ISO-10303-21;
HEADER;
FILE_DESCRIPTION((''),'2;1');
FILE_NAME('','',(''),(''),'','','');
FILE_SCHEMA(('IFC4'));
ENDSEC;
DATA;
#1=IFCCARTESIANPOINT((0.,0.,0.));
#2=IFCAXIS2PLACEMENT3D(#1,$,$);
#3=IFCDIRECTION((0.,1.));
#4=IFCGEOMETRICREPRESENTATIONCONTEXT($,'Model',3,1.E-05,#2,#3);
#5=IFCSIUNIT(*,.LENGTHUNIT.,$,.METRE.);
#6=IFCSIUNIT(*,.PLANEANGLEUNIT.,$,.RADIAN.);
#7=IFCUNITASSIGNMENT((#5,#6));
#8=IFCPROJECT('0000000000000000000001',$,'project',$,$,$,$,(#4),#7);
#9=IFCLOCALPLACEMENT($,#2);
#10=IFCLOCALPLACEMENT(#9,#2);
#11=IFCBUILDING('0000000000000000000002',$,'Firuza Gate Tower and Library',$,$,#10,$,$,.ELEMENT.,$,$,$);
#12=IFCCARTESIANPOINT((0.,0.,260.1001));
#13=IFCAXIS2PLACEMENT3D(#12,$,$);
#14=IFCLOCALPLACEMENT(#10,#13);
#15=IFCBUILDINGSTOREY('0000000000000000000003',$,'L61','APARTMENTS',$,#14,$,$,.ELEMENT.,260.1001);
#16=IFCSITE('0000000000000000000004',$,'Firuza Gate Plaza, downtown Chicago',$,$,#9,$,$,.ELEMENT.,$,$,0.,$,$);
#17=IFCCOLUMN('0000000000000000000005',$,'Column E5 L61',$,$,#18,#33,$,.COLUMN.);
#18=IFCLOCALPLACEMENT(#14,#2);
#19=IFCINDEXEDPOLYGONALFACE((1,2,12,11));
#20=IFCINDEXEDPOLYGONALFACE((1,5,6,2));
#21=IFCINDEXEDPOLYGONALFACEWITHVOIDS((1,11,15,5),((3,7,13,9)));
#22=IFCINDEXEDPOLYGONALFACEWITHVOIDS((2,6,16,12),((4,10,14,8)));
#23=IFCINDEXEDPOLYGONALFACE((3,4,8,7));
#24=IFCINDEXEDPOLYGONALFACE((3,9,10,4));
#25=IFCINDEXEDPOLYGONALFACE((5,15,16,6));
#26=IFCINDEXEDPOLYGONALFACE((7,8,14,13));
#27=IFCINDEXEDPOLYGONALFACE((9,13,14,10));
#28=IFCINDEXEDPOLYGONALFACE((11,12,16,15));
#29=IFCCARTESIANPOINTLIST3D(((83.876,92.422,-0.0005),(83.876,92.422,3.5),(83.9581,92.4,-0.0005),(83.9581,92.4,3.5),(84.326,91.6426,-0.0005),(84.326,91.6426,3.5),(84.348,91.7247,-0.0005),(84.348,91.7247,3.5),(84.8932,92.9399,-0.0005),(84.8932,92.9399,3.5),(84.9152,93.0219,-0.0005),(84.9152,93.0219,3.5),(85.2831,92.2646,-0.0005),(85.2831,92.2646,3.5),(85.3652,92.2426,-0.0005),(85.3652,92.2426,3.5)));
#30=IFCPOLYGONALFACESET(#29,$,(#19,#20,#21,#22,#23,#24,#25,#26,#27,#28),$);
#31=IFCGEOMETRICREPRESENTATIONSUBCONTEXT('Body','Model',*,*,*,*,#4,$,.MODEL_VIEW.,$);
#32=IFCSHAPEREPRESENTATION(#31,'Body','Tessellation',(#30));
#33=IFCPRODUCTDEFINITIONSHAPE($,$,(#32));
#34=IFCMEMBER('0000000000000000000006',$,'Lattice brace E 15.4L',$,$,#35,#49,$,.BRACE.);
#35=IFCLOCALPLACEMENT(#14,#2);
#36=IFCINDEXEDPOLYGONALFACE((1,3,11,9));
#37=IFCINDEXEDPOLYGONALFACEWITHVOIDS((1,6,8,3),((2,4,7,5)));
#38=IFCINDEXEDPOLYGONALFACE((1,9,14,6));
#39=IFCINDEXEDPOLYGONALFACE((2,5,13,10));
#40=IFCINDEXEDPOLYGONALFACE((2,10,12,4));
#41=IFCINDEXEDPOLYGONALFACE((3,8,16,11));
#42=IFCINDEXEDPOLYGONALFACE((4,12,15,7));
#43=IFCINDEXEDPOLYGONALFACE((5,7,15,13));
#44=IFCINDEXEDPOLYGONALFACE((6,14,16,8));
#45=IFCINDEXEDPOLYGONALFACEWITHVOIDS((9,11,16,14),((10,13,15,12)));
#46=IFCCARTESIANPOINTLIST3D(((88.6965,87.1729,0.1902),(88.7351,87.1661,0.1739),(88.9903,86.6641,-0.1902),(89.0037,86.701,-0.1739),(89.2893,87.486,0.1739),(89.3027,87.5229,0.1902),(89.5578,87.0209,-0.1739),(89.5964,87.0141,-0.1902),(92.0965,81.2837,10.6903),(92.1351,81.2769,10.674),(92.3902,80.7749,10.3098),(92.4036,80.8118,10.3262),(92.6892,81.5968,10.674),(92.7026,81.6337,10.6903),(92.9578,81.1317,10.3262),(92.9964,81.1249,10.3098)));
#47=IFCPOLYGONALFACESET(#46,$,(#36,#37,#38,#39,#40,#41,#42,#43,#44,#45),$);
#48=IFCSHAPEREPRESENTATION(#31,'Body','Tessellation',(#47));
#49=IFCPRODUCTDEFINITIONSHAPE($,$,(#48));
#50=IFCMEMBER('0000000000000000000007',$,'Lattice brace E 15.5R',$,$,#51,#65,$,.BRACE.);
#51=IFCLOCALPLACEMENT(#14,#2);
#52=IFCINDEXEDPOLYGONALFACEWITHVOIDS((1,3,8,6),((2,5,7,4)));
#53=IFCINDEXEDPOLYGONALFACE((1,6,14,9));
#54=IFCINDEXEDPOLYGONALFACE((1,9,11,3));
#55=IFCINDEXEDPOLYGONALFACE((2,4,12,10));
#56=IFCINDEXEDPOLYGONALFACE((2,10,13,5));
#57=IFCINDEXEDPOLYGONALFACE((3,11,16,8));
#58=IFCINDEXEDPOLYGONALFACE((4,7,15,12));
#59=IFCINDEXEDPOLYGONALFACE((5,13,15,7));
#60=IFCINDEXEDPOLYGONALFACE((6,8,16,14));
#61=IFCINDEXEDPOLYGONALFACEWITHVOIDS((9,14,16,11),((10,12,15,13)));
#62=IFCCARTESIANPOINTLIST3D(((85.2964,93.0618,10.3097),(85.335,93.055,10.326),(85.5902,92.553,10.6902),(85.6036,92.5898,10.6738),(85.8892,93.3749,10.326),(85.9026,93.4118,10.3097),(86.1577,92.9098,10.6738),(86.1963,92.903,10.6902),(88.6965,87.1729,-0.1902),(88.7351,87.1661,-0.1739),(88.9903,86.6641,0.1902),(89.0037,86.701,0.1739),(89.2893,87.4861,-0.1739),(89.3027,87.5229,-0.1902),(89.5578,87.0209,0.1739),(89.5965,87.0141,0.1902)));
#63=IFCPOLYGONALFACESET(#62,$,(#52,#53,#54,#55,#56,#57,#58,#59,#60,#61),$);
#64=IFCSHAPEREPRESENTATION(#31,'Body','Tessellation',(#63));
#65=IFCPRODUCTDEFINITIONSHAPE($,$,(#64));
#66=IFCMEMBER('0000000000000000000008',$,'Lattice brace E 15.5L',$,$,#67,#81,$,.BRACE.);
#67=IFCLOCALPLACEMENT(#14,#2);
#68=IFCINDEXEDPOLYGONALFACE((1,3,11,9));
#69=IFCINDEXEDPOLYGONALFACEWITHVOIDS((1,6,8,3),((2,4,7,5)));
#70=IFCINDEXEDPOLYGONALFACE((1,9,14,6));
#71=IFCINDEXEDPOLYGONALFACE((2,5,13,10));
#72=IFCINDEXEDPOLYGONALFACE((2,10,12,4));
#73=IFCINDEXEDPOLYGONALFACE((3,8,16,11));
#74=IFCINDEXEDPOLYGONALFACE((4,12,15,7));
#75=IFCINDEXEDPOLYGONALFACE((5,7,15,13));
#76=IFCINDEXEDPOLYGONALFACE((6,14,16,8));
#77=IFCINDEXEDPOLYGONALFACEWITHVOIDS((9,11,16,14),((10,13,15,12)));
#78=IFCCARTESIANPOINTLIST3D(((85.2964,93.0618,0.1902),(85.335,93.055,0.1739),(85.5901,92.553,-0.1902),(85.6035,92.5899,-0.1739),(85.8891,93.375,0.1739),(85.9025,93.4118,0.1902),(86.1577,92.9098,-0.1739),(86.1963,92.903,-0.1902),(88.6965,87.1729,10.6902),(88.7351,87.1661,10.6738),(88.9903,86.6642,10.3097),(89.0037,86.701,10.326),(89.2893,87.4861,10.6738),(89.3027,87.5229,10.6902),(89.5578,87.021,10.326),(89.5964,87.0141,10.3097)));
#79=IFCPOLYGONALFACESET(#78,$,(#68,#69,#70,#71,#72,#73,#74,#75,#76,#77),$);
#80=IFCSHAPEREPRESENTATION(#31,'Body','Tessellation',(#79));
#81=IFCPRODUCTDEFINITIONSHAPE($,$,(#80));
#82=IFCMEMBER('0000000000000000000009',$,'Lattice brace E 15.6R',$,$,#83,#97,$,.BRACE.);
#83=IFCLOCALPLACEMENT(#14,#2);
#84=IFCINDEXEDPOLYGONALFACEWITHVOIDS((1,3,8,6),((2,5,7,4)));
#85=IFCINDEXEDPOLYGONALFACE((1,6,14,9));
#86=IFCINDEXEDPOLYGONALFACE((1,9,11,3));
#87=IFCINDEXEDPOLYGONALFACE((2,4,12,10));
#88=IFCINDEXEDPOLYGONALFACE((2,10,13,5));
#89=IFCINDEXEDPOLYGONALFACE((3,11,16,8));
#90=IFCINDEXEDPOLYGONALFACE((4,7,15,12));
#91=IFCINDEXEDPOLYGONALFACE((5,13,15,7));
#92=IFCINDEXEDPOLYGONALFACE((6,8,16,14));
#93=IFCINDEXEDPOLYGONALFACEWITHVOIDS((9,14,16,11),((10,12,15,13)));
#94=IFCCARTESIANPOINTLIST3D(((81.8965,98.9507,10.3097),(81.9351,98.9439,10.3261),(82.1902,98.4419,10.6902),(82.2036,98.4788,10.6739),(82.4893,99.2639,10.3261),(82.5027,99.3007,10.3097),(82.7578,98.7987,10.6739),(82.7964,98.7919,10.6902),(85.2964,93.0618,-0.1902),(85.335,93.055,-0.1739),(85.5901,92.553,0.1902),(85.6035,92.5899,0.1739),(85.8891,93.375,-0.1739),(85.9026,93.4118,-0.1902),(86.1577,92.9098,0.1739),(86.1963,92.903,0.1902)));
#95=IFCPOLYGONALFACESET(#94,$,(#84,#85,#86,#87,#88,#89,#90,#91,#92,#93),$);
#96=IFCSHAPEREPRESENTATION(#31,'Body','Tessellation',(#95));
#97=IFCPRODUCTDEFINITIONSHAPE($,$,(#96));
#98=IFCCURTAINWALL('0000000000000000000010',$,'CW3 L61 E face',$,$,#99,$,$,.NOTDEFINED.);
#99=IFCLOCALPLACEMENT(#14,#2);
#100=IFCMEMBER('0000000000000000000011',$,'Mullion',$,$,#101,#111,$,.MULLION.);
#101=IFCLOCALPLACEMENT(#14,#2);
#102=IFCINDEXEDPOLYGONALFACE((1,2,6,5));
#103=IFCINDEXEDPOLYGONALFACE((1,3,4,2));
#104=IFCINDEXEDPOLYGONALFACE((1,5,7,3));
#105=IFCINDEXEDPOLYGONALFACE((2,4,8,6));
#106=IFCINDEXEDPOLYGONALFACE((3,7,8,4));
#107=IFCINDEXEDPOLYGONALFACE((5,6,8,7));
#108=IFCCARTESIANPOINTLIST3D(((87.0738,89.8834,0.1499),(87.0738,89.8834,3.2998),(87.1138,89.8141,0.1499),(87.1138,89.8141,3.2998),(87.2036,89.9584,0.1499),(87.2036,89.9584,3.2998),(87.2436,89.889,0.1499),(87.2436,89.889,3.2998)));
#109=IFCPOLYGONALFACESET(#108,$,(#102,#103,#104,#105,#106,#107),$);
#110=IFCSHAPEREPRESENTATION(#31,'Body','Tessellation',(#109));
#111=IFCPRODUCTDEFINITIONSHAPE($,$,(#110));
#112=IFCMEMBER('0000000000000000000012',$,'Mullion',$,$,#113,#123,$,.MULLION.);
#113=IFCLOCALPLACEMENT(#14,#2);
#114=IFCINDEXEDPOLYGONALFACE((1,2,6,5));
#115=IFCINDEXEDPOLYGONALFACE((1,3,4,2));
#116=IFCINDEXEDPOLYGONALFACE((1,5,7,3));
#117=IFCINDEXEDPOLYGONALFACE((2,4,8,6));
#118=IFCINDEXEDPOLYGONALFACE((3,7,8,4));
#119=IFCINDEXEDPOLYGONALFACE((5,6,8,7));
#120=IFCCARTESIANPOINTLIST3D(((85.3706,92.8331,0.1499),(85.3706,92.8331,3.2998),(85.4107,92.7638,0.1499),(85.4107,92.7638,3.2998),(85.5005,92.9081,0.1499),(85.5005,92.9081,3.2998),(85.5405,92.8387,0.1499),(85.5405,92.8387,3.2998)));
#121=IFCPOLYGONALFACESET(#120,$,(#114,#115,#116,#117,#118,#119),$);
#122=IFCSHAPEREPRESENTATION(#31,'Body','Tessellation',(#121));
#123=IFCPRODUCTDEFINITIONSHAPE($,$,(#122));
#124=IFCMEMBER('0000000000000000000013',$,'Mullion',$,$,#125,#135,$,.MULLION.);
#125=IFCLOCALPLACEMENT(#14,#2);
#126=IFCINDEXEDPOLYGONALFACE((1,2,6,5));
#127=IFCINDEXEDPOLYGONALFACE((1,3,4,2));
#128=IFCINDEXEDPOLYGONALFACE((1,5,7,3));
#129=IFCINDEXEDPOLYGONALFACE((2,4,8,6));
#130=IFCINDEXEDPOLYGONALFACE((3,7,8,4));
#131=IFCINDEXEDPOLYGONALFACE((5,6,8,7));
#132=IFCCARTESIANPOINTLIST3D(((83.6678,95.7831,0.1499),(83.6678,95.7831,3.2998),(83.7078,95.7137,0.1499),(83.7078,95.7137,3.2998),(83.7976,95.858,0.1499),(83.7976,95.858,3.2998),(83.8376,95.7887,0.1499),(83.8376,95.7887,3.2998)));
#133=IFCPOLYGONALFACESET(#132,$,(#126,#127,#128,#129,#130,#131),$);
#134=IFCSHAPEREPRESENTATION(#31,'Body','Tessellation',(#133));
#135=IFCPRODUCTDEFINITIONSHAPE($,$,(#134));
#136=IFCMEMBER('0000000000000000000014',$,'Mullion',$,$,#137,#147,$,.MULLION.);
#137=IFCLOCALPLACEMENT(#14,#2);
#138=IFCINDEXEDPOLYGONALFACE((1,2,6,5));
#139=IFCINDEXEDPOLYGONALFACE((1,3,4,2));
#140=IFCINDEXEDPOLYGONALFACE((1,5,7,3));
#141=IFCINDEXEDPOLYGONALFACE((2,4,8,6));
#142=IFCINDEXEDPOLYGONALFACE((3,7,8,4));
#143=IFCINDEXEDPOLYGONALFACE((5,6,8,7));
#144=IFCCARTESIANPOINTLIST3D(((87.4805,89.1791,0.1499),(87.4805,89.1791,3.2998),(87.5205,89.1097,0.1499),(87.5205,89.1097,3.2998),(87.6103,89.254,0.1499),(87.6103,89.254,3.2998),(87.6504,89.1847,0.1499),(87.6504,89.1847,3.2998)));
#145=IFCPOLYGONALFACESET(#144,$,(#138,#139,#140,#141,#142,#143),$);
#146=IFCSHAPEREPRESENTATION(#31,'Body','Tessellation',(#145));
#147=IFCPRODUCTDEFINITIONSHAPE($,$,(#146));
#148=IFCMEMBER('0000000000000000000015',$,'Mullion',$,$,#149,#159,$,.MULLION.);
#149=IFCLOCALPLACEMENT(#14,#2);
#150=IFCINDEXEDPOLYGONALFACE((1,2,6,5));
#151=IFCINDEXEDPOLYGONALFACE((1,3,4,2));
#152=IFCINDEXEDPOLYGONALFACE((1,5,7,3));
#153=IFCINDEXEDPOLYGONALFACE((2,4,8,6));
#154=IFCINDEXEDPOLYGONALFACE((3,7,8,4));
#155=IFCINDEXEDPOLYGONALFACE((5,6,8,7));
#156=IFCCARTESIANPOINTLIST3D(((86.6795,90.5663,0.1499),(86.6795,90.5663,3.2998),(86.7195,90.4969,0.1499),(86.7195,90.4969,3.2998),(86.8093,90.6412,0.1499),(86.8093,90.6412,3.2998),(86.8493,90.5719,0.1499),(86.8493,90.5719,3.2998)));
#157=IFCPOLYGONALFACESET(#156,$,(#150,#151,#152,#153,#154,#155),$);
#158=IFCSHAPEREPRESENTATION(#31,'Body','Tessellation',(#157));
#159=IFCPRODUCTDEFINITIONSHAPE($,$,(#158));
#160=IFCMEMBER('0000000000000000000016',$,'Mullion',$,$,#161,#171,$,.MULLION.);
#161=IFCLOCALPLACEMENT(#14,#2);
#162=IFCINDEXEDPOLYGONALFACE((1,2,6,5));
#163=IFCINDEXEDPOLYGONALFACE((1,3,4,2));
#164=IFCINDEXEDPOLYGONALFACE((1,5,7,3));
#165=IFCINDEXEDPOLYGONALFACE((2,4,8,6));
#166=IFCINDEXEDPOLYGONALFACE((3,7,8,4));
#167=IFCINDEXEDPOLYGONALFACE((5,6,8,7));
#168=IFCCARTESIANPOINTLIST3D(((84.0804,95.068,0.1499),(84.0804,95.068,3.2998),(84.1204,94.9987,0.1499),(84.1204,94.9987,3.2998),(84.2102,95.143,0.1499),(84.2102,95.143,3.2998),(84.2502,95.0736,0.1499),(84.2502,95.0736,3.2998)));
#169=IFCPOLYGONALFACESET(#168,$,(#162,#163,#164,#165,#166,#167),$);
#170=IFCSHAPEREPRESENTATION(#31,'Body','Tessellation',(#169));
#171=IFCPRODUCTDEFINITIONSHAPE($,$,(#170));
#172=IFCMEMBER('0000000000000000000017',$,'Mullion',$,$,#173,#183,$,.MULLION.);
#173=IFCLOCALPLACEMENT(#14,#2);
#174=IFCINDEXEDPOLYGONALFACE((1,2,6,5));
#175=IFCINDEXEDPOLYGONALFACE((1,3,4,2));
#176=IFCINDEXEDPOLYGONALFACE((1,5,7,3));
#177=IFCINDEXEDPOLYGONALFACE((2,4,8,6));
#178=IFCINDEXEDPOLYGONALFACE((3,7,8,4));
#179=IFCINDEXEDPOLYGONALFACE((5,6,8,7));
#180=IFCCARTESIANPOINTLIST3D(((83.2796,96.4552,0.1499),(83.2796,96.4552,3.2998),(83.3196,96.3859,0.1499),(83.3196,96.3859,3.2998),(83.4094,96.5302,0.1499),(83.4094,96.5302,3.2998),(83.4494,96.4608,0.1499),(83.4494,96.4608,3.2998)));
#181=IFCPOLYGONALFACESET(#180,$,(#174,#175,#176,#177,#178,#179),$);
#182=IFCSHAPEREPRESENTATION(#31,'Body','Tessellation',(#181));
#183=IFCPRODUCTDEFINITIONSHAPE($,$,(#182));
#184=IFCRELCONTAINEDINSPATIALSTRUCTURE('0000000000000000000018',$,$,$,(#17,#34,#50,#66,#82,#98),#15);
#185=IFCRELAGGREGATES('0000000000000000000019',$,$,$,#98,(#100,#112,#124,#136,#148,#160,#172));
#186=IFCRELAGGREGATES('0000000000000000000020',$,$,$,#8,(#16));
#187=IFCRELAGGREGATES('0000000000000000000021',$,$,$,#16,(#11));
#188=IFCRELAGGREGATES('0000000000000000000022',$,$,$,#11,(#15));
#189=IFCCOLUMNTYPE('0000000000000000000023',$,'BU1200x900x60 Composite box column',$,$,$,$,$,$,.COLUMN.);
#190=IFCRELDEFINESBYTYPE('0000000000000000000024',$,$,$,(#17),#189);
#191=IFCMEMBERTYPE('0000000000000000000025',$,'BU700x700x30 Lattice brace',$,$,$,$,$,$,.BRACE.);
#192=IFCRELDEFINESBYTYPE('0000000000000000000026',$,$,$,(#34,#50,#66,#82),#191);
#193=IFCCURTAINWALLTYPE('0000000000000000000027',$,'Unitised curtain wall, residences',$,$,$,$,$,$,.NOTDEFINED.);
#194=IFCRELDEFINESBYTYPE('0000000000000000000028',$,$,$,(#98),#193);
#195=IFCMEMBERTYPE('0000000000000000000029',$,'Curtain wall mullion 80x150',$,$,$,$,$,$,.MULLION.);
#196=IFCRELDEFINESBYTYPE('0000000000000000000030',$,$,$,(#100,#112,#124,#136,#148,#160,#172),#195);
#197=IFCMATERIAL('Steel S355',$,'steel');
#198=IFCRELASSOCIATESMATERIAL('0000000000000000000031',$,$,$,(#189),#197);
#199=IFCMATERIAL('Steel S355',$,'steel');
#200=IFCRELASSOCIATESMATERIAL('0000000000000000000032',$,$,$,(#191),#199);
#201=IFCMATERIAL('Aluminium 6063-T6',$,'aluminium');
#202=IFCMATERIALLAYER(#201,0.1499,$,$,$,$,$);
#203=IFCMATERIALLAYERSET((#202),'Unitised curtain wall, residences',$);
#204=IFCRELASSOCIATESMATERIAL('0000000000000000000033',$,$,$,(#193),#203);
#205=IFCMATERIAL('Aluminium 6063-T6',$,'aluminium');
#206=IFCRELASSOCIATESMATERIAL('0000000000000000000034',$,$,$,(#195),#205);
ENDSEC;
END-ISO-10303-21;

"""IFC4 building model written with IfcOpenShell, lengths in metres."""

from ifc_helpers import new_model, si_unit, direction, frame, origin, origin_2d, place, context, subcontext, project, spatial, rectangle, hollow_rectangle, extrude, material, layer, layer_set, material_profile, profile_set, type_object, element, aggregate, save


model = new_model("IFC4")

# Units and contexts
model_context = context("Model", 3, precision=1e-05, world=origin(), true_north=direction((0.0, 1.0)))
body_context = subcontext(model_context, "Body", "Model", "MODEL_VIEW")
ifc_project = project(units=[si_unit("LENGTHUNIT", "METRE"), si_unit("PLANEANGLEUNIT", "RADIAN")], contexts=[model_context])

# Site, building, storey
site_placement = place(None, origin())
site = spatial("IfcSite", under=ifc_project, at=site_placement, Name="Firuza Gate Plaza, downtown Chicago", CompositionType="ELEMENT", RefElevation=0.0)
building_placement = place(site_placement, origin())
building = spatial("IfcBuilding", under=site, at=building_placement, Name="Firuza Gate Tower and Library", CompositionType="ELEMENT")
storey_placement = place(building_placement, frame((0.0, 0.0, 260.1001)))
storey = spatial("IfcBuildingStorey", under=building, at=storey_placement, Name="L61", Description="APARTMENTS", CompositionType="ELEMENT", Elevation=260.1001)

# Column
ifc_material_1 = material(Name="Steel S355", Category="steel")
ifc_material_profile_1 = material_profile(ifc_material_1, hollow_rectangle(XDim=0.8999, YDim=1.2, WallThickness=0.0601, at=origin_2d()))
ifc_profile_set_1 = profile_set([ifc_material_profile_1], Name="Steel S355")
column_type = type_object("IfcColumnType", Name="BU1200x900x60 Composite box column", PredefinedType="COLUMN", material=ifc_profile_set_1)
column_placement = place(storey_placement, frame((84.6206, 92.3323, -0.0005), z_axis=(0.0, 0.0, 1.0), x_axis=(-0.5, 0.866025, 0.0)))
element("IfcColumn", 1, at=column_placement, inside=storey, type_object=column_type, Name="Column E5 L61", PredefinedType="COLUMN", context=body_context, shape_type="SweptSolid", body=[
    extrude(hollow_rectangle(XDim=0.8999, YDim=1.2, WallThickness=0.0601, at=origin_2d()), origin(), (0.0, 0.0, 1.0), 3.5005),
])

# Members
ifc_material_2 = material(Name="Steel S355", Category="steel")
ifc_material_profile_2 = material_profile(ifc_material_2, hollow_rectangle(XDim=0.7, YDim=0.7, WallThickness=0.03, at=origin_2d()))
ifc_profile_set_2 = profile_set([ifc_material_profile_2], Name="Steel S355")
member_type_1 = type_object("IfcMemberType", Name="BU700x700x30 Lattice brace", PredefinedType="BRACE", material=ifc_profile_set_2)
member_1_placement = place(storey_placement, frame((89.1465, 87.0935, 0.0), z_axis=(0.271782, -0.470769, 0.839351), x_axis=(0.866039, 0.499977, 0.0)))
element("IfcMember", 2, at=member_1_placement, inside=storey, type_object=member_type_1, Name="Lattice brace E 15.4L", PredefinedType="BRACE", context=body_context, shape_type="SweptSolid", body=[
    extrude(hollow_rectangle(XDim=0.7, YDim=0.7, WallThickness=0.03, at=origin_2d()), origin(), (0.0, 0.0, 1.0), 12.5098),
])
for number, where, z_axis, x_axis, name in (
    (3, (89.1465, 87.0935, 0.0), (-0.271803, 0.470751, 0.839355), (-0.866014, -0.50002, 0.0), "Lattice brace E 15.5R"),
    (4, (85.7463, 92.9824, 0.0), (0.271803, -0.470751, 0.839355), (0.866014, 0.50002, 0.0), "Lattice brace E 15.5L"),
    (5, (85.7463, 92.9824, 0.0), (-0.271785, 0.470754, 0.839359), (-0.86603, -0.499993, 0.0), "Lattice brace E 15.6R"),
):
    element("IfcMember", number, at=place(storey_placement, frame(where, z_axis=z_axis, x_axis=x_axis)), inside=storey, type_object=member_type_1, Name=name, PredefinedType="BRACE", context=body_context, shape_type="SweptSolid", body=[
        extrude(hollow_rectangle(XDim=0.7, YDim=0.7, WallThickness=0.03, at=origin_2d()), origin(), (0.0, 0.0, 1.0), 12.5095),
    ])

# Curtain wall, members
ifc_material_3 = material(Name="Aluminium 6063-T6", Category="aluminium")
ifc_layer_1 = layer(ifc_material_3, 0.1499)
ifc_layer_set_1 = layer_set([ifc_layer_1], Name="Unitised curtain wall, residences")
curtain_wall_type = type_object("IfcCurtainWallType", Name="Unitised curtain wall, residences", PredefinedType="NOTDEFINED", material=ifc_layer_set_1)
placement = place(storey_placement, origin())
curtain_wall = element("IfcCurtainWall", 6, at=placement, inside=storey, type_object=curtain_wall_type, Name="CW3 L61 E face", PredefinedType="NOTDEFINED")
ifc_material_4 = material(Name="Aluminium 6063-T6", Category="aluminium")
ifc_material_profile_3 = material_profile(ifc_material_4, rectangle(XDim=0.1499, YDim=0.0801, at=origin_2d()))
ifc_profile_set_3 = profile_set([ifc_material_profile_3], Name="Aluminium 6063-T6")
member_type_2 = type_object("IfcMemberType", Name="Curtain wall mullion 80x150", PredefinedType="MULLION", material=ifc_profile_set_3)
member_2_placement = place(storey_placement, frame((87.1587, 89.8862, 0.1499), z_axis=(0.0, 0.0, 1.0), x_axis=(-0.866025, -0.5, 0.0)))
member_2 = element("IfcMember", 7, at=member_2_placement, type_object=member_type_2, Name="Mullion", PredefinedType="MULLION", context=body_context, shape_type="SweptSolid", body=[
    extrude(rectangle(XDim=0.1499, YDim=0.0801, at=origin_2d()), origin(), (0.0, 0.0, 1.0), 3.1499),
])
member_3_placement = place(storey_placement, frame((85.4556, 92.8359, 0.1499), z_axis=(0.0, 0.0, 1.0), x_axis=(-0.866025, -0.5, 0.0)))
member_3 = element("IfcMember", 8, at=member_3_placement, type_object=member_type_2, Name="Mullion", PredefinedType="MULLION", context=body_context, shape_type="SweptSolid", body=[
    extrude(rectangle(XDim=0.1499, YDim=0.0801, at=origin_2d()), origin(), (0.0, 0.0, 1.0), 3.1499),
])
member_4_placement = place(storey_placement, frame((83.7527, 95.7859, 0.1499), z_axis=(0.0, 0.0, 1.0), x_axis=(-0.866025, -0.5, 0.0)))
member_4 = element("IfcMember", 9, at=member_4_placement, type_object=member_type_2, Name="Mullion", PredefinedType="MULLION", context=body_context, shape_type="SweptSolid", body=[
    extrude(rectangle(XDim=0.1499, YDim=0.0801, at=origin_2d()), origin(), (0.0, 0.0, 1.0), 3.1499),
])
member_5_placement = place(storey_placement, frame((87.5654, 89.1819, 0.1499), z_axis=(0.0, 0.0, 1.0), x_axis=(-0.866025, -0.5, 0.0)))
member_5 = element("IfcMember", 10, at=member_5_placement, type_object=member_type_2, Name="Mullion", PredefinedType="MULLION", context=body_context, shape_type="SweptSolid", body=[
    extrude(rectangle(XDim=0.1499, YDim=0.0801, at=origin_2d()), origin(), (0.0, 0.0, 1.0), 3.1499),
])
member_6_placement = place(storey_placement, frame((86.7644, 90.5691, 0.1499), z_axis=(0.0, 0.0, 1.0), x_axis=(-0.866025, -0.5, 0.0)))
member_6 = element("IfcMember", 11, at=member_6_placement, type_object=member_type_2, Name="Mullion", PredefinedType="MULLION", context=body_context, shape_type="SweptSolid", body=[
    extrude(rectangle(XDim=0.1499, YDim=0.0801, at=origin_2d()), origin(), (0.0, 0.0, 1.0), 3.1499),
])
member_7_placement = place(storey_placement, frame((84.1653, 95.0708, 0.1499), z_axis=(0.0, 0.0, 1.0), x_axis=(-0.866025, -0.5, 0.0)))
member_7 = element("IfcMember", 12, at=member_7_placement, type_object=member_type_2, Name="Mullion", PredefinedType="MULLION", context=body_context, shape_type="SweptSolid", body=[
    extrude(rectangle(XDim=0.1499, YDim=0.0801, at=origin_2d()), origin(), (0.0, 0.0, 1.0), 3.1499),
])
member_8_placement = place(storey_placement, frame((83.3645, 96.458, 0.1499), z_axis=(0.0, 0.0, 1.0), x_axis=(-0.866025, -0.5, 0.0)))
member_8 = element("IfcMember", 13, at=member_8_placement, type_object=member_type_2, Name="Mullion", PredefinedType="MULLION", context=body_context, shape_type="SweptSolid", body=[
    extrude(rectangle(XDim=0.1499, YDim=0.0801, at=origin_2d()), origin(), (0.0, 0.0, 1.0), 3.1499),
])

aggregate(curtain_wall, [member_2, member_3, member_4, member_5, member_6, member_7, member_8])

save(model, "model.ifc")
